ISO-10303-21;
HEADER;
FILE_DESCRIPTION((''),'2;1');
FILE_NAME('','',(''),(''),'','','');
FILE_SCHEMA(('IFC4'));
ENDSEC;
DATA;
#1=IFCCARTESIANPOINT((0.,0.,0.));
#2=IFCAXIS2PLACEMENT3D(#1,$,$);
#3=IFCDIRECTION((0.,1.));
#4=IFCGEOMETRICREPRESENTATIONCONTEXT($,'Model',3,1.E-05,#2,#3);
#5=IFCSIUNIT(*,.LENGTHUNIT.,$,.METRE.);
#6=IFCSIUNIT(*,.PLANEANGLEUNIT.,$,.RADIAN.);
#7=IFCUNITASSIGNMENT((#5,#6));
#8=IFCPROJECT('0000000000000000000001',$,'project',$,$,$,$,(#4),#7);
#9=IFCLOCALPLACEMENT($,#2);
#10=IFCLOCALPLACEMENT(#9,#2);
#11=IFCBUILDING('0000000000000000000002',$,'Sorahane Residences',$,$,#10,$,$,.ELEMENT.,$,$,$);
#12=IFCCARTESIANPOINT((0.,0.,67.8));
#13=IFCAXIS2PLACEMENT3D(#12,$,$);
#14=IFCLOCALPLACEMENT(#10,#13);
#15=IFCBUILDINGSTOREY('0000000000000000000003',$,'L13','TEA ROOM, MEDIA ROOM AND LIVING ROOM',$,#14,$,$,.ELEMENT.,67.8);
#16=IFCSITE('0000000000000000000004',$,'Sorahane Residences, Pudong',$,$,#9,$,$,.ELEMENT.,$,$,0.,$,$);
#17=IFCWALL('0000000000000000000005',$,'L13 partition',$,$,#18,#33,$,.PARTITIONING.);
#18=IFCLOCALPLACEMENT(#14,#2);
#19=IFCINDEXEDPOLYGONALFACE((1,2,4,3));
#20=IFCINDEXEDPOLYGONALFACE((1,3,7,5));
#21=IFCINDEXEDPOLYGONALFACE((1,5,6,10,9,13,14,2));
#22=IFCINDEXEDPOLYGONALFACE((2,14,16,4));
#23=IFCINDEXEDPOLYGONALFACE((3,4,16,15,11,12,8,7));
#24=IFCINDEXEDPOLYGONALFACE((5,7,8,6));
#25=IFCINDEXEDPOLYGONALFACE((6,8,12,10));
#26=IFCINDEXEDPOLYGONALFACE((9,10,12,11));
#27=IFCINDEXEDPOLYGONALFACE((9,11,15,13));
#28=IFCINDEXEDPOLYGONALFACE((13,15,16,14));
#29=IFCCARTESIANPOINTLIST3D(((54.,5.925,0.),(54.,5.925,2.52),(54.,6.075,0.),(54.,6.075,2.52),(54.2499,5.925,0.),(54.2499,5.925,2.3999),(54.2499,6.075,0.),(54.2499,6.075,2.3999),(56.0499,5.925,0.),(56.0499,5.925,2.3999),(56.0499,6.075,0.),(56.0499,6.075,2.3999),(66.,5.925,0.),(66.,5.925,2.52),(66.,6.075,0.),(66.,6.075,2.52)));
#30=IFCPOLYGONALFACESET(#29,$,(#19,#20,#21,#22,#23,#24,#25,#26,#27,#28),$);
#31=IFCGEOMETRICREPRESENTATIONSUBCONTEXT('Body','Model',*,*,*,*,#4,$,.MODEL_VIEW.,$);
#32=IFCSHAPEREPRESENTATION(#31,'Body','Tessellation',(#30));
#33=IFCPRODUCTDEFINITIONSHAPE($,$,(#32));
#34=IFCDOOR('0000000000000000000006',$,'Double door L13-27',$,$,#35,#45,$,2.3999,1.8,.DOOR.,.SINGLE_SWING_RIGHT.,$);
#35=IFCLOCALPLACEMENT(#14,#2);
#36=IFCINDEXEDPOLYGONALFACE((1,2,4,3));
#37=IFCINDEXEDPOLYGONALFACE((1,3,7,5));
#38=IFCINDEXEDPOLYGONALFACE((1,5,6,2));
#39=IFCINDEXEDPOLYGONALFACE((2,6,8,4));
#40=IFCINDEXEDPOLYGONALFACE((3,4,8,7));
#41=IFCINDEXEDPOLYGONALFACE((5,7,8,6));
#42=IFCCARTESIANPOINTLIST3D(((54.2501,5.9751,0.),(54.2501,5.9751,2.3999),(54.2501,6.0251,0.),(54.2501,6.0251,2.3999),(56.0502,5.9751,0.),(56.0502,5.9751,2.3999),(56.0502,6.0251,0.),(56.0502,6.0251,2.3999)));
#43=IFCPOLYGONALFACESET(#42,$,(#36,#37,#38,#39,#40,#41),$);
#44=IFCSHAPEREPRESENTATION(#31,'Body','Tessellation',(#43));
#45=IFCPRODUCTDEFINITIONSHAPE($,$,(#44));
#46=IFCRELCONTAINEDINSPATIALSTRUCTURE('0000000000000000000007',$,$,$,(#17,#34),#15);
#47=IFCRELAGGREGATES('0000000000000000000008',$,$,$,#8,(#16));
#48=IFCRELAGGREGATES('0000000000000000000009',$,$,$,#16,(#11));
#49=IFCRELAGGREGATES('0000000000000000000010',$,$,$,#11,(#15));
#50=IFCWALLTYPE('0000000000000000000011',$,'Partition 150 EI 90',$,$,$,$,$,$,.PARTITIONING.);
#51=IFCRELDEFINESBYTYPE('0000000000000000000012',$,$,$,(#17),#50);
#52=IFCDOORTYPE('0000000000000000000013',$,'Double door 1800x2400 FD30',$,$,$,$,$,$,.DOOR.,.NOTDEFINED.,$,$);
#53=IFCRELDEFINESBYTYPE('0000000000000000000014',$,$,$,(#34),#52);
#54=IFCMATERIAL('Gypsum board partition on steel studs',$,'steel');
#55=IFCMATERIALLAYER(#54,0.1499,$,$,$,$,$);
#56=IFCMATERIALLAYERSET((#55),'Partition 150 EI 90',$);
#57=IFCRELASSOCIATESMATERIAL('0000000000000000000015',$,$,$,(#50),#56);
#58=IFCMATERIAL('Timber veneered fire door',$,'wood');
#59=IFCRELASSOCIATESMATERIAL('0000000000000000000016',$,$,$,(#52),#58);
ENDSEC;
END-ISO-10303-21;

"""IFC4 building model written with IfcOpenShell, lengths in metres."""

from ifc_helpers import new_model, si_unit, direction, frame, frame_2d, origin, place, context, subcontext, project, spatial, rectangle, extrude, material, layer, layer_set, type_object, element, fill, save


model = new_model("IFC4")

# Units and contexts
model_context = context("Model", 3, precision=1e-05, world=origin(), true_north=direction((0.0, 1.0)))
body_context = subcontext(model_context, "Body", "Model", "MODEL_VIEW")
ifc_project = project(units=[si_unit("LENGTHUNIT", "METRE"), si_unit("PLANEANGLEUNIT", "RADIAN")], contexts=[model_context])

# Site, building, storey
site_placement = place(None, origin())
site = spatial("IfcSite", under=ifc_project, at=site_placement, Name="Sorahane Residences, Pudong", CompositionType="ELEMENT", RefElevation=0.0)
building_placement = place(site_placement, origin())
building = spatial("IfcBuilding", under=site, at=building_placement, Name="Sorahane Residences", CompositionType="ELEMENT")
storey_placement = place(building_placement, frame((0.0, 0.0, 67.8)))
storey = spatial("IfcBuildingStorey", under=building, at=storey_placement, Name="L13", Description="TEA ROOM, MEDIA ROOM AND LIVING ROOM", CompositionType="ELEMENT", Elevation=67.8)

# Shared definitions
ifc_material_1 = material(Name="Gypsum board partition on steel studs", Category="steel")
ifc_layer_1 = layer(ifc_material_1, 0.1499)
ifc_layer_set_1 = layer_set([ifc_layer_1], Name="Partition 150 EI 90")
wall_type = type_object("IfcWallType", Name="Partition 150 EI 90", PredefinedType="PARTITIONING", material=ifc_layer_set_1)

# Wall, opening, door
wall_1_placement = place(storey_placement, frame((54.0, 6.0, 0.0), z_axis=(0.0, 0.0, 1.0), x_axis=(1.0, 0.0, 0.0)))
wall_1 = element("IfcWall", 1, at=wall_1_placement, inside=storey, type_object=wall_type, Name="L13 partition", PredefinedType="PARTITIONING", context=body_context, shape_type="SweptSolid", body=[
    extrude(rectangle(XDim=12.0, YDim=0.1499, at=frame_2d((6.0, 0.0))), origin(), (0.0, 0.0, 1.0), 2.52),
])
opening_1_placement = place(wall_1_placement, frame((0.25, 0.0, 0.0)))
opening_1 = element("IfcOpeningElement", 2, at=opening_1_placement, cuts=wall_1, PredefinedType="OPENING", context=body_context, shape_type="SweptSolid", body=[
    extrude(rectangle(XDim=1.8, YDim=2.3999, at=frame_2d((0.8999, 1.2))), frame((0.0, 0.085, 0.0), z_axis=(0.0, -1.0, 0.0), x_axis=(1.0, 0.0, 0.0)), (0.0, 0.0, 1.0), 0.1699),
])
ifc_material_2 = material(Name="Timber veneered fire door", Category="wood")
door_type_1 = type_object("IfcDoorType", Name="Double door 1800x2400 FD30", OperationType="NOTDEFINED", PredefinedType="DOOR", material=ifc_material_2)
door_1_placement = place(opening_1_placement, frame((1.8, 0.0, 0.0), z_axis=(0.0, 0.0, 1.0), x_axis=(-1.0, 0.0, 0.0)))
door_1 = element("IfcDoor", 3, at=door_1_placement, inside=storey, type_object=door_type_1, Name="Double door L13-27", OperationType="SINGLE_SWING_RIGHT", OverallHeight=2.3999, OverallWidth=1.8, PredefinedType="DOOR", context=body_context, shape_type="SweptSolid", body=[
    extrude(rectangle(XDim=1.8, YDim=2.3999, at=frame_2d((0.8999, 1.2))), frame((0.0, 0.0249, 0.0), z_axis=(0.0, -1.0, 0.0), x_axis=(1.0, 0.0, 0.0)), (0.0, 0.0, 1.0), 0.05),
])
fill(opening_1, door_1)

save(model, "model.ifc")
